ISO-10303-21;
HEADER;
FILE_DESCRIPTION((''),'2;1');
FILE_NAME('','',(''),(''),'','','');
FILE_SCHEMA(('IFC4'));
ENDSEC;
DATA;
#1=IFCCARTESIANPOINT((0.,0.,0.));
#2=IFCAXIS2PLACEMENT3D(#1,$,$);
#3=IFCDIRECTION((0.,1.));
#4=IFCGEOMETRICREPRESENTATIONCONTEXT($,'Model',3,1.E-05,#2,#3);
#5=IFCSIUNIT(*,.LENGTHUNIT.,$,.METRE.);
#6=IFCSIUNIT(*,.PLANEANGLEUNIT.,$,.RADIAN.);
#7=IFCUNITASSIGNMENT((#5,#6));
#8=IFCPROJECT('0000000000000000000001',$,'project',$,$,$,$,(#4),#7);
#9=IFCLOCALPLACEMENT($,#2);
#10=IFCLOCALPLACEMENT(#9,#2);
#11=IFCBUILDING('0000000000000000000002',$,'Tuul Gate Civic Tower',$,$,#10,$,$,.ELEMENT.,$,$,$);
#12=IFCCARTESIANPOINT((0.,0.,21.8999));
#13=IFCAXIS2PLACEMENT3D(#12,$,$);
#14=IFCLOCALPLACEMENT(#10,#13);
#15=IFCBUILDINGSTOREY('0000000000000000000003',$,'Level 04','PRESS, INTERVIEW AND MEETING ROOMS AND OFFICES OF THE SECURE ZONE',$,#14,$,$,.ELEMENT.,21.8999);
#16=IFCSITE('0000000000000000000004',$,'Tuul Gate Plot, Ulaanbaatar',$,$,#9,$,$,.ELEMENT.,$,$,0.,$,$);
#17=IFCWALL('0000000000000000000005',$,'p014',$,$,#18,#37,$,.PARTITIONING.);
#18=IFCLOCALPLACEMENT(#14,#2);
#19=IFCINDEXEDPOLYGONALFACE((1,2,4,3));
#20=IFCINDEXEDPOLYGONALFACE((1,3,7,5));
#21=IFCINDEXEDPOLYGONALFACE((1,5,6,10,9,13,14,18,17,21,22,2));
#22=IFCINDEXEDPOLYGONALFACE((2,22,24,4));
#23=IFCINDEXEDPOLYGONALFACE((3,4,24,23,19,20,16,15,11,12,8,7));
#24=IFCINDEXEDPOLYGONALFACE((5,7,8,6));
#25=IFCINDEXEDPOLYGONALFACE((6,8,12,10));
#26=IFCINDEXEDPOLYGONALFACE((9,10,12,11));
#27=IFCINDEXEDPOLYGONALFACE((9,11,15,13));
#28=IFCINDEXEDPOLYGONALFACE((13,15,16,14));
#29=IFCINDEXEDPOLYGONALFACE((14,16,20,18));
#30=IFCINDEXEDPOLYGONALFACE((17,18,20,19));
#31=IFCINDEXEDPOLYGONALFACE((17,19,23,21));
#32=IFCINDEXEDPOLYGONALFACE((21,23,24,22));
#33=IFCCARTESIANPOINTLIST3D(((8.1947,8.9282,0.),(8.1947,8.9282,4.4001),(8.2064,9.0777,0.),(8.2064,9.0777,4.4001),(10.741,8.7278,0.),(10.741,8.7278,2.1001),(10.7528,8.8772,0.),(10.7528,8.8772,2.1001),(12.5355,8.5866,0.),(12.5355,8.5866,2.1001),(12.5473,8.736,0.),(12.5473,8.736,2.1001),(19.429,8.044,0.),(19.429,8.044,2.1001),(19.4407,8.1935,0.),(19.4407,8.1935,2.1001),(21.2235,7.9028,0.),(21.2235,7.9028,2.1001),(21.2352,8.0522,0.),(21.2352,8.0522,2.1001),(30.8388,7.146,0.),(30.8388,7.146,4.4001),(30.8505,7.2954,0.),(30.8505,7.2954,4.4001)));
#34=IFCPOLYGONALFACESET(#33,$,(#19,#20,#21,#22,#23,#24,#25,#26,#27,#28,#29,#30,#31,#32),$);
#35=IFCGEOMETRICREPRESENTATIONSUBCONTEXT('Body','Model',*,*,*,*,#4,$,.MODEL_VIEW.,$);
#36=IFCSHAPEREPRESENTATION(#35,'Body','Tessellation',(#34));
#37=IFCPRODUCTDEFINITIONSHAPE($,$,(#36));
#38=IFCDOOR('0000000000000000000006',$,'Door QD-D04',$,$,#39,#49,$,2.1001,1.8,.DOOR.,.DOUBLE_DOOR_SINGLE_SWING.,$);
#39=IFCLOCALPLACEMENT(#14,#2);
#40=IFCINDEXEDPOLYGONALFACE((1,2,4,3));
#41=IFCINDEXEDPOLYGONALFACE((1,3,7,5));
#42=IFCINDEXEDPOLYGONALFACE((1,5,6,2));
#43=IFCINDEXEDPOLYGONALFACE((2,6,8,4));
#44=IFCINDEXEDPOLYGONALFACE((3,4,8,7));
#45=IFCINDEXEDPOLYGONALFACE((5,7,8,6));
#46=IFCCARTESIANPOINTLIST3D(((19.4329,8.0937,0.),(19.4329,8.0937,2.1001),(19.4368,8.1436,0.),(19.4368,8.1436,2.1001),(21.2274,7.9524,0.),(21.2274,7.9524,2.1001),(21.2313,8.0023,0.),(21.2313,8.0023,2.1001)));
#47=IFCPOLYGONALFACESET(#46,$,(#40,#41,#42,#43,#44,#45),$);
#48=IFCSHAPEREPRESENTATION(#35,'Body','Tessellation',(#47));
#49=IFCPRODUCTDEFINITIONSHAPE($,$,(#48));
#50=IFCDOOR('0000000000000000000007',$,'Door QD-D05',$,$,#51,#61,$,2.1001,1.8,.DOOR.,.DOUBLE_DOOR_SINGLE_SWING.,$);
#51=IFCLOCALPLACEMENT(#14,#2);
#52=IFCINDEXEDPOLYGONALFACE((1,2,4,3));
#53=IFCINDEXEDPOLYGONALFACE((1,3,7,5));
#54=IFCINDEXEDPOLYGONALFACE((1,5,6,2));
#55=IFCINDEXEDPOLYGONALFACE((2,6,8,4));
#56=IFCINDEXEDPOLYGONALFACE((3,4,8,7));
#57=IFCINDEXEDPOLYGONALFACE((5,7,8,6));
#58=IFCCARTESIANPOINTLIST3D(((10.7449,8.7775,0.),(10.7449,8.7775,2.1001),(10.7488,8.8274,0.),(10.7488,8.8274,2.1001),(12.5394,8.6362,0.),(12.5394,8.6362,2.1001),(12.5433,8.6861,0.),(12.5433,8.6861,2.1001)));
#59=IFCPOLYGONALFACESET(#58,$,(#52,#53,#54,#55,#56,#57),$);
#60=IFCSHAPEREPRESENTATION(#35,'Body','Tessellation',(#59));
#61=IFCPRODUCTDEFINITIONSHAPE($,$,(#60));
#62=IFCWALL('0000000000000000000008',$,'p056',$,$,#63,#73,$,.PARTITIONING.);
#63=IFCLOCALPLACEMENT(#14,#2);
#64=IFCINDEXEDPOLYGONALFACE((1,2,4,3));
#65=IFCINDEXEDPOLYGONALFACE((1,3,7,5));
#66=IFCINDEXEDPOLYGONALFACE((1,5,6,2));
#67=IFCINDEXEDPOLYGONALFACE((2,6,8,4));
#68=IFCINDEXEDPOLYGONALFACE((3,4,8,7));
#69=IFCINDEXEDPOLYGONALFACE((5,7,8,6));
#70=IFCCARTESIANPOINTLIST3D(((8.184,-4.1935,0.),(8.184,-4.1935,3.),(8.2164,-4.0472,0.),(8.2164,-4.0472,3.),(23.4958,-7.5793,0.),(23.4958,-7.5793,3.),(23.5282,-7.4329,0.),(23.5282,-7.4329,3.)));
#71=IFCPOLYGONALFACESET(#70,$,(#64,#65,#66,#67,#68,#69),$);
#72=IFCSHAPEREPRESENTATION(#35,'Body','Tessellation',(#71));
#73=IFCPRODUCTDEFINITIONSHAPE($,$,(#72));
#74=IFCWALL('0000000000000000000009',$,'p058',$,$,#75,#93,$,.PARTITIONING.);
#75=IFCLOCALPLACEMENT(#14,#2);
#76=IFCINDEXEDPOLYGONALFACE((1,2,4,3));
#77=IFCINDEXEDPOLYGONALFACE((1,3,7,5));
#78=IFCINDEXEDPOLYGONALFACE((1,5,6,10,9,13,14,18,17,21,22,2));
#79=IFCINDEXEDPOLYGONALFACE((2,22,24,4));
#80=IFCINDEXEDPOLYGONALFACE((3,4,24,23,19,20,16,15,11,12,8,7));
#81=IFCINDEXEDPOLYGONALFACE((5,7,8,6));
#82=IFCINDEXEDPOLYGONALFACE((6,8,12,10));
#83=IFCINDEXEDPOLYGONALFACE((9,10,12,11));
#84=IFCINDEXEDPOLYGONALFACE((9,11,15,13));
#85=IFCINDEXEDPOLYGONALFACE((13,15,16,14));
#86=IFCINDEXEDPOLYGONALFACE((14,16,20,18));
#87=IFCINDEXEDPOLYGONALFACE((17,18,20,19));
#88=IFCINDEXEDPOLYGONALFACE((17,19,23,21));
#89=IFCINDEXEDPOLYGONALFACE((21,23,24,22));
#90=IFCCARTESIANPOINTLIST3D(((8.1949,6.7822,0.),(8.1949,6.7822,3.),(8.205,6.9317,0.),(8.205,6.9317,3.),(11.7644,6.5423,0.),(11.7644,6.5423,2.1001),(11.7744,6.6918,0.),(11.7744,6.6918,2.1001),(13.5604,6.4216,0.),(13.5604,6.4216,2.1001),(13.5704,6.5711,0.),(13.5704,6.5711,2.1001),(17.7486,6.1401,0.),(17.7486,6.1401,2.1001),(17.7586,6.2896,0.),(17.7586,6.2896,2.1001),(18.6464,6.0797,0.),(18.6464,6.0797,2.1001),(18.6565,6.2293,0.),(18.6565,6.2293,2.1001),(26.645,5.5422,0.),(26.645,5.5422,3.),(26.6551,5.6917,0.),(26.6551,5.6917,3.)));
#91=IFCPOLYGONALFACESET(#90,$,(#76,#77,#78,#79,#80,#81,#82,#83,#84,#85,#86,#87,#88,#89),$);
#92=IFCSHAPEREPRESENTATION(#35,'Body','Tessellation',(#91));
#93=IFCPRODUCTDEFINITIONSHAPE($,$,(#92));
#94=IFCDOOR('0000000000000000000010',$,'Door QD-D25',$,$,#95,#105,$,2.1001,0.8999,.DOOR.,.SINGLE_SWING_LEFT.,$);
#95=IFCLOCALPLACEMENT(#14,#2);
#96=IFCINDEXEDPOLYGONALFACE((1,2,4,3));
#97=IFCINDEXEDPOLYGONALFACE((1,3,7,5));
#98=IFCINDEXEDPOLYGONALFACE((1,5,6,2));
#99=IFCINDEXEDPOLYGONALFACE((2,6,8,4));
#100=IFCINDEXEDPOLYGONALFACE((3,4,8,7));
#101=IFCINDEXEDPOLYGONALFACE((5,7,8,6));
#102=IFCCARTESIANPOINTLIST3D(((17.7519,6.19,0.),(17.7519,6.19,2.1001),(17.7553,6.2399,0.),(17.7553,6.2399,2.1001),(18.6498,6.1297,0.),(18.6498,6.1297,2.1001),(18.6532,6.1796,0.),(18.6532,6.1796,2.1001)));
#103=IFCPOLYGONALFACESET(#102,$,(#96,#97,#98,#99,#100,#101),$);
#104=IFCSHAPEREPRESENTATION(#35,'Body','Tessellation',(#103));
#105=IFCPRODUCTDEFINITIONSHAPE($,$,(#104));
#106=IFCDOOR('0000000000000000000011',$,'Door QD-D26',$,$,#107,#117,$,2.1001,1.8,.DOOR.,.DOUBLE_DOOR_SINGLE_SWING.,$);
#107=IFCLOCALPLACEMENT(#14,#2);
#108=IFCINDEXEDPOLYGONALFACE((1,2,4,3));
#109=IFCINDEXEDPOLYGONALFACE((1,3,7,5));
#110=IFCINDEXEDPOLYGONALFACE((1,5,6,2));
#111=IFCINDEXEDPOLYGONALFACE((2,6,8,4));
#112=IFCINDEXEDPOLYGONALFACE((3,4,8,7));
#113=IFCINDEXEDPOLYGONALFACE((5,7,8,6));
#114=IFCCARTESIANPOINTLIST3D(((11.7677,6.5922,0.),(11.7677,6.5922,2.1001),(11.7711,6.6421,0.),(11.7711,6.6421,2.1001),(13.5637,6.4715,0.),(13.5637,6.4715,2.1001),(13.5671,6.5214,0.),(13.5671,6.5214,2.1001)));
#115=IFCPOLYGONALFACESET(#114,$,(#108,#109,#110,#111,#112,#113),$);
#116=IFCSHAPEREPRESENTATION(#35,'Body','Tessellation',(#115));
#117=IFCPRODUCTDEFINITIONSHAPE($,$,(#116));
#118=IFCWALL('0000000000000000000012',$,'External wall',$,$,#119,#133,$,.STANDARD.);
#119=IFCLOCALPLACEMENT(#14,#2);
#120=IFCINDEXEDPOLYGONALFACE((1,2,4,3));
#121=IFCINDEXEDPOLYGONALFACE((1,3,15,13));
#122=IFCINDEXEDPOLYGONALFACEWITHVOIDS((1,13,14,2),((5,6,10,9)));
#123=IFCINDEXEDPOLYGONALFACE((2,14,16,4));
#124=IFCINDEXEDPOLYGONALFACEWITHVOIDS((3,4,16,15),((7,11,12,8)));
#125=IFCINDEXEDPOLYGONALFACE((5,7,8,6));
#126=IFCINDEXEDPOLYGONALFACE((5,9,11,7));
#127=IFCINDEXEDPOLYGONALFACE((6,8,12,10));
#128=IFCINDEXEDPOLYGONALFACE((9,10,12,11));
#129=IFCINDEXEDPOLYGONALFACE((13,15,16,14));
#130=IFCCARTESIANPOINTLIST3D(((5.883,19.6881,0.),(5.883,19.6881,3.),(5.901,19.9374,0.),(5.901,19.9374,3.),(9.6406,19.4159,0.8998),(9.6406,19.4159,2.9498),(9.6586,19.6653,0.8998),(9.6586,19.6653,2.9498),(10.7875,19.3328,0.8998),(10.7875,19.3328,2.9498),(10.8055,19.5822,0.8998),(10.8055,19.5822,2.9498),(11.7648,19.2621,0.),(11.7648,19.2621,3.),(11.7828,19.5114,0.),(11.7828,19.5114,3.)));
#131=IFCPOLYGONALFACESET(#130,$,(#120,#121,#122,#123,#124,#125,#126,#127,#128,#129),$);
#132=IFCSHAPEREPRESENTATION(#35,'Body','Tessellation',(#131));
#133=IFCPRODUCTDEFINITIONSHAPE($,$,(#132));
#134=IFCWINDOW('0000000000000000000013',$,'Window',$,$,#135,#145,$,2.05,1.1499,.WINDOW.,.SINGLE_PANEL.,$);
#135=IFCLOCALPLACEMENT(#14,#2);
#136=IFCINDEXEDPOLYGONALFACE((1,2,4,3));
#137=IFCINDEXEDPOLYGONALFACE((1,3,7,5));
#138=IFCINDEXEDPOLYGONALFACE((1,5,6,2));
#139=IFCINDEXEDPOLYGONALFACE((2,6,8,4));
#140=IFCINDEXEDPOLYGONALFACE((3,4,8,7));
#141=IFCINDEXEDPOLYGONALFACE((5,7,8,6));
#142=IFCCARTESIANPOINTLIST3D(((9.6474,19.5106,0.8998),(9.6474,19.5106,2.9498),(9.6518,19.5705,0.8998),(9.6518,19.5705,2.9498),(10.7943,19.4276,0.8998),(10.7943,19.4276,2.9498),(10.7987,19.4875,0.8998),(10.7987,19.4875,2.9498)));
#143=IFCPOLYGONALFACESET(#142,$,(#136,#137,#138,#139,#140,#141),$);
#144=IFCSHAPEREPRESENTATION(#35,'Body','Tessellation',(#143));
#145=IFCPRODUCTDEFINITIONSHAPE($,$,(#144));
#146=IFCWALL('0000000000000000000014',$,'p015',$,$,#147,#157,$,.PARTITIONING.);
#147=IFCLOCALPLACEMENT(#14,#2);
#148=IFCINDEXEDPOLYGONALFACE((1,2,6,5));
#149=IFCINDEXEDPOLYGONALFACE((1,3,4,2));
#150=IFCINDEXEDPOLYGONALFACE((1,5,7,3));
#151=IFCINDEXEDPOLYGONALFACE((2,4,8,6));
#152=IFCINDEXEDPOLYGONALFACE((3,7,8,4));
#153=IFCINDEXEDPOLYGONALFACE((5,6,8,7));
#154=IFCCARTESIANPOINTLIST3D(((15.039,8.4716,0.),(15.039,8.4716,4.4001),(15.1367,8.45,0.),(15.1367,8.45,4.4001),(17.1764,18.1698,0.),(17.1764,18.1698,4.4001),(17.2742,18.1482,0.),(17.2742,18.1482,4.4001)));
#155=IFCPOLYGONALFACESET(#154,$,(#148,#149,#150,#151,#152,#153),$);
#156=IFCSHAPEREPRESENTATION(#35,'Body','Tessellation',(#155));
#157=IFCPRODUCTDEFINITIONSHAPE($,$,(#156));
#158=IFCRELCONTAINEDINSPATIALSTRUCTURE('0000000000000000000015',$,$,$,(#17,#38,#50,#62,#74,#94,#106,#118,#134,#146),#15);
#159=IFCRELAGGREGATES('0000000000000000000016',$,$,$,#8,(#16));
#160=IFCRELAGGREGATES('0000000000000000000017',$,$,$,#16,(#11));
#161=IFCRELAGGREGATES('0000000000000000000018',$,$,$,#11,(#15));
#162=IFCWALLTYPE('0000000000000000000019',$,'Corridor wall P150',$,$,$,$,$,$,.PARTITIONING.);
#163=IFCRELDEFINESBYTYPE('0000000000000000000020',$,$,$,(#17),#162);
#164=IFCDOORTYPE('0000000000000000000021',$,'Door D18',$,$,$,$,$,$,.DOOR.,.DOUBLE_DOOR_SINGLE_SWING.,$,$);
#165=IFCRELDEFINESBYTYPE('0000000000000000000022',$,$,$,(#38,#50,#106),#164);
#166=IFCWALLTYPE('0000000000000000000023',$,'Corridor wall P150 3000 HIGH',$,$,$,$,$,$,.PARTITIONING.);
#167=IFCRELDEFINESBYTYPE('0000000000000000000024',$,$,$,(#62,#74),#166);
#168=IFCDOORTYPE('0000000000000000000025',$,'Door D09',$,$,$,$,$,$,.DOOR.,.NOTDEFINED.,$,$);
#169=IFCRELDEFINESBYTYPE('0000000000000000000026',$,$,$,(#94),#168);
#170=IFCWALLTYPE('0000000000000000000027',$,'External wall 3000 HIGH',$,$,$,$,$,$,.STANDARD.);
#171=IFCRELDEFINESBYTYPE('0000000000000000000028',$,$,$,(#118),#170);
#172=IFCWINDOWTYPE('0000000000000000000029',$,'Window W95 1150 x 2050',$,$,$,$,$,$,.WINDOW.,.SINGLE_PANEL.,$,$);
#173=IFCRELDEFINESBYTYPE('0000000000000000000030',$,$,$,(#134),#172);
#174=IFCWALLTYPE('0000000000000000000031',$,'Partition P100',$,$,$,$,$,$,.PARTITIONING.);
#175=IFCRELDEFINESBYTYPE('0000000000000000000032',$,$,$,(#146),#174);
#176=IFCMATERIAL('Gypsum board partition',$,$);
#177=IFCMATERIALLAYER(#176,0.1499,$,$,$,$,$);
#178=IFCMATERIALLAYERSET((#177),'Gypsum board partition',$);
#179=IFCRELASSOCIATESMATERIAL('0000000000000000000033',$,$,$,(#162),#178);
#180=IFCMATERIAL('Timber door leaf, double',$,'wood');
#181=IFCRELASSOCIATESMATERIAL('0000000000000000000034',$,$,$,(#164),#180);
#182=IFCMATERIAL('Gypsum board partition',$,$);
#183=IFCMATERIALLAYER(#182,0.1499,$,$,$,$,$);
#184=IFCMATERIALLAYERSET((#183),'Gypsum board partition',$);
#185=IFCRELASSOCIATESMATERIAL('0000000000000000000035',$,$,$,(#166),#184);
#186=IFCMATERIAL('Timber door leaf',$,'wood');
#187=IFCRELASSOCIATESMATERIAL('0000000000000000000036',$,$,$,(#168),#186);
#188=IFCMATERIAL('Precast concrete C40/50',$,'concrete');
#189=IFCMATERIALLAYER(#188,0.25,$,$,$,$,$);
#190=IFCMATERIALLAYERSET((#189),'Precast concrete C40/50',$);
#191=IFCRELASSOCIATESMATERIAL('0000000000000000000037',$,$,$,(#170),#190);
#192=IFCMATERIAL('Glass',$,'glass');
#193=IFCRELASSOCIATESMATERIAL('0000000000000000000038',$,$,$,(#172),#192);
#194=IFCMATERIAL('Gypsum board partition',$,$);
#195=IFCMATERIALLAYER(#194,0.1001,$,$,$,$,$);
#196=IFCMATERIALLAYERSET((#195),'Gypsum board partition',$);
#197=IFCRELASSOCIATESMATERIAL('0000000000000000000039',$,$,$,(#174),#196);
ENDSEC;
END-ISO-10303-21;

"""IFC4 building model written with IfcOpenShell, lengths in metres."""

from ifc_helpers import new_model, si_unit, direction, frame, frame_2d, origin, place, context, subcontext, project, spatial, rectangle, extrude, material, layer, layer_set, type_object, element, fill, save


model = new_model("IFC4")

# Units and contexts
model_context = context("Model", 3, precision=1e-05, world=origin(), true_north=direction((0.0, 1.0)))
body_context = subcontext(model_context, "Body", "Model", "MODEL_VIEW")
ifc_project = project(units=[si_unit("LENGTHUNIT", "METRE"), si_unit("PLANEANGLEUNIT", "RADIAN")], contexts=[model_context])

# Site, building, storey
site_placement = place(None, origin())
site = spatial("IfcSite", under=ifc_project, at=site_placement, Name="Tuul Gate Plot, Ulaanbaatar", CompositionType="ELEMENT", RefElevation=0.0)
building_placement = place(site_placement, origin())
building = spatial("IfcBuilding", under=site, at=building_placement, Name="Tuul Gate Civic Tower", CompositionType="ELEMENT")
storey_placement = place(building_placement, frame((0.0, 0.0, 21.8999)))
storey = spatial("IfcBuildingStorey", under=building, at=storey_placement, Name="Level 04", Description="PRESS, INTERVIEW AND MEETING ROOMS AND OFFICES OF THE SECURE ZONE", CompositionType="ELEMENT", Elevation=21.8999)

# Wall, openings, doors
ifc_material_1 = material(Name="Gypsum board partition")
ifc_layer_1 = layer(ifc_material_1, 0.1499)
ifc_layer_set_1 = layer_set([ifc_layer_1], Name="Gypsum board partition")
wall_type_1 = type_object("IfcWallType", Name="Corridor wall P150", PredefinedType="PARTITIONING", material=ifc_layer_set_1)
wall_1_placement = place(storey_placement, frame((8.2007, 9.0029, 0.0), z_axis=(0.0, 0.0, 1.0), x_axis=(0.996917, -0.078464, 0.0)))
wall_1 = element("IfcWall", 1, at=wall_1_placement, inside=storey, type_object=wall_type_1, Name="p014", PredefinedType="PARTITIONING", context=body_context, shape_type="SweptSolid", body=[
    extrude(rectangle(XDim=22.7141, YDim=0.1499, at=frame_2d((11.3569, 0.0))), origin(), (0.0, 0.0, 1.0), 4.4001),
])
opening_1_placement = place(wall_1_placement, frame((11.269, 0.0, 0.0)))
opening_1 = element("IfcOpeningElement", 2, at=opening_1_placement, cuts=wall_1, PredefinedType="OPENING", context=body_context, shape_type="SweptSolid", body=[
    extrude(rectangle(XDim=1.8, YDim=2.1001, at=frame_2d((0.8999, 1.05))), frame((0.0, 0.085, 0.0), z_axis=(0.0, -1.0, 0.0), x_axis=(1.0, 0.0, 0.0)), (0.0, 0.0, 1.0), 0.1699),
])
opening_2_placement = place(wall_1_placement, frame((2.5542, 0.0, 0.0)))
opening_2 = element("IfcOpeningElement", 3, at=opening_2_placement, cuts=wall_1, PredefinedType="OPENING", context=body_context, shape_type="SweptSolid", body=[
    extrude(rectangle(XDim=1.8, YDim=2.1001, at=frame_2d((0.8999, 1.05))), frame((0.0, 0.085, 0.0), z_axis=(0.0, -1.0, 0.0), x_axis=(1.0, 0.0, 0.0)), (0.0, 0.0, 1.0), 0.1699),
])
ifc_material_2 = material(Name="Timber door leaf, double", Category="wood")
door_type_1 = type_object("IfcDoorType", Name="Door D18", OperationType="DOUBLE_DOOR_SINGLE_SWING", PredefinedType="DOOR", material=ifc_material_2)
door_1_placement = place(opening_1_placement, origin())
door_1 = element("IfcDoor", 4, at=door_1_placement, inside=storey, type_object=door_type_1, Name="Door QD-D04", OperationType="DOUBLE_DOOR_SINGLE_SWING", OverallHeight=2.1001, OverallWidth=1.8, PredefinedType="DOOR", context=body_context, shape_type="SweptSolid", body=[
    extrude(rectangle(XDim=1.8, YDim=2.1001, at=frame_2d((0.8999, 1.05))), frame((0.0, 0.0249, 0.0), z_axis=(0.0, -1.0, 0.0), x_axis=(1.0, 0.0, 0.0)), (0.0, 0.0, 1.0), 0.05),
])
fill(opening_1, door_1)
door_2_placement = place(opening_2_placement, origin())
door_2 = element("IfcDoor", 5, at=door_2_placement, inside=storey, type_object=door_type_1, Name="Door QD-D05", OperationType="DOUBLE_DOOR_SINGLE_SWING", OverallHeight=2.1001, OverallWidth=1.8, PredefinedType="DOOR", context=body_context, shape_type="SweptSolid", body=[
    extrude(rectangle(XDim=1.8, YDim=2.1001, at=frame_2d((0.8999, 1.05))), frame((0.0, 0.0249, 0.0), z_axis=(0.0, -1.0, 0.0), x_axis=(1.0, 0.0, 0.0)), (0.0, 0.0, 1.0), 0.05),
])
fill(opening_2, door_2)

# Wall
ifc_material_3 = material(Name="Gypsum board partition")
ifc_layer_2 = layer(ifc_material_3, 0.1499)
ifc_layer_set_2 = layer_set([ifc_layer_2], Name="Gypsum board partition")
wall_type_2 = type_object("IfcWallType", Name="Corridor wall P150 3000 HIGH", PredefinedType="PARTITIONING", material=ifc_layer_set_2)
wall_2_placement = place(storey_placement, frame((8.2002, -4.1204, 0.0), z_axis=(0.0, 0.0, 1.0), x_axis=(0.976414, -0.215905, 0.0)))
element("IfcWall", 6, at=wall_2_placement, inside=storey, type_object=wall_type_2, Name="p056", PredefinedType="PARTITIONING", context=body_context, shape_type="SweptSolid", body=[
    extrude(rectangle(XDim=15.6816, YDim=0.1499, at=frame_2d((7.8408, 0.0))), origin(), (0.0, 0.0, 1.0), 3.0),
])

# Wall, openings, doors
wall_3_placement = place(storey_placement, frame((8.2, 6.8569, 0.0), z_axis=(0.0, 0.0, 1.0), x_axis=(0.997749, -0.067056, 0.0)))
wall_3 = element("IfcWall", 7, at=wall_3_placement, inside=storey, type_object=wall_type_2, Name="p058", PredefinedType="PARTITIONING", context=body_context, shape_type="SweptSolid", body=[
    extrude(rectangle(XDim=18.4917, YDim=0.1499, at=frame_2d((9.2458, 0.0))), origin(), (0.0, 0.0, 1.0), 3.0),
])
opening_3_placement = place(wall_3_placement, frame((9.5752, 0.0, 0.0)))
opening_3 = element("IfcOpeningElement", 8, at=opening_3_placement, cuts=wall_3, PredefinedType="OPENING", context=body_context, shape_type="SweptSolid", body=[
    extrude(rectangle(XDim=0.8999, YDim=2.1001, at=frame_2d((0.45, 1.05))), frame((0.0, 0.085, 0.0), z_axis=(0.0, -1.0, 0.0), x_axis=(1.0, 0.0, 0.0)), (0.0, 0.0, 1.0), 0.1699),
])
opening_4_placement = place(wall_3_placement, frame((3.5776, 0.0, 0.0)))
opening_4 = element("IfcOpeningElement", 9, at=opening_4_placement, cuts=wall_3, PredefinedType="OPENING", context=body_context, shape_type="SweptSolid", body=[
    extrude(rectangle(XDim=1.8, YDim=2.1001, at=frame_2d((0.8999, 1.05))), frame((0.0, 0.085, 0.0), z_axis=(0.0, -1.0, 0.0), x_axis=(1.0, 0.0, 0.0)), (0.0, 0.0, 1.0), 0.1699),
])
ifc_material_4 = material(Name="Timber door leaf", Category="wood")
door_type_2 = type_object("IfcDoorType", Name="Door D09", OperationType="NOTDEFINED", PredefinedType="DOOR", material=ifc_material_4)
door_3_placement = place(opening_3_placement, frame((0.8999, 0.0, 0.0), z_axis=(0.0, 0.0, 1.0), x_axis=(-1.0, 0.0, 0.0)))
door_3 = element("IfcDoor", 10, at=door_3_placement, inside=storey, type_object=door_type_2, Name="Door QD-D25", OperationType="SINGLE_SWING_LEFT", OverallHeight=2.1001, OverallWidth=0.8999, PredefinedType="DOOR", context=body_context, shape_type="SweptSolid", body=[
    extrude(rectangle(XDim=0.8999, YDim=2.1001, at=frame_2d((0.45, 1.05))), frame((0.0, 0.0249, 0.0), z_axis=(0.0, -1.0, 0.0), x_axis=(1.0, 0.0, 0.0)), (0.0, 0.0, 1.0), 0.05),
])
fill(opening_3, door_3)
door_4_placement = place(opening_4_placement, frame((1.8, 0.0, 0.0), z_axis=(0.0, 0.0, 1.0), x_axis=(-1.0, 0.0, 0.0)))
door_4 = element("IfcDoor", 11, at=door_4_placement, inside=storey, type_object=door_type_1, Name="Door QD-D26", OperationType="DOUBLE_DOOR_SINGLE_SWING", OverallHeight=2.1001, OverallWidth=1.8, PredefinedType="DOOR", context=body_context, shape_type="SweptSolid", body=[
    extrude(rectangle(XDim=1.8, YDim=2.1001, at=frame_2d((0.9001, 1.05))), frame((0.0, 0.0249, 0.0), z_axis=(0.0, -1.0, 0.0), x_axis=(1.0, 0.0, 0.0)), (0.0, 0.0, 1.0), 0.05),
])
fill(opening_4, door_4)

# Wall, opening, window
ifc_material_5 = material(Name="Precast concrete C40/50", Category="concrete")
ifc_layer_3 = layer(ifc_material_5, 0.25)
ifc_layer_set_3 = layer_set([ifc_layer_3], Name="Precast concrete C40/50")
wall_type_3 = type_object("IfcWallType", Name="External wall 3000 HIGH", PredefinedType="STANDARD", material=ifc_layer_set_3)
wall_4_placement = place(storey_placement, frame((11.7739, 19.3867, 0.0), z_axis=(0.0, 0.0, 1.0), x_axis=(-0.997387, 0.072241, 0.0)))
wall_4 = element("IfcWall", 12, at=wall_4_placement, inside=storey, type_object=wall_type_3, Name="External wall", PredefinedType="STANDARD", context=body_context, shape_type="SweptSolid", body=[
    extrude(rectangle(XDim=5.8972, YDim=0.25, at=frame_2d((2.9487, 0.0))), origin(), (0.0, 0.0, 1.0), 3.0),
])
opening_5_placement = place(wall_4_placement, frame((0.98, 0.0, 0.8999)))
opening_5 = element("IfcOpeningElement", 13, at=opening_5_placement, cuts=wall_4, PredefinedType="OPENING", context=body_context, shape_type="SweptSolid", body=[
    extrude(rectangle(XDim=1.1499, YDim=2.05, at=frame_2d((0.575, 1.0249))), frame((0.0, 0.135, 0.0), z_axis=(0.0, -1.0, 0.0), x_axis=(1.0, 0.0, 0.0)), (0.0, 0.0, 1.0), 0.27),
])
ifc_material_6 = material(Name="Glass", Category="glass")
window_type = type_object("IfcWindowType", Name="Window W95 1150 x 2050", PartitioningType="SINGLE_PANEL", PredefinedType="WINDOW", material=ifc_material_6)
window_placement = place(opening_5_placement, origin())
window = element("IfcWindow", 14, at=window_placement, inside=storey, type_object=window_type, Name="Window", OverallHeight=2.05, OverallWidth=1.1499, PartitioningType="SINGLE_PANEL", PredefinedType="WINDOW", context=body_context, shape_type="SweptSolid", body=[
    extrude(rectangle(XDim=1.1499, YDim=2.05, at=frame_2d((0.575, 1.0249))), frame((0.0, 0.03, 0.0), z_axis=(0.0, -1.0, 0.0), x_axis=(1.0, 0.0, 0.0)), (0.0, 0.0, 1.0), 0.0601),
])
fill(opening_5, window)

# Wall
ifc_material_7 = material(Name="Gypsum board partition")
ifc_layer_4 = layer(ifc_material_7, 0.1001)
ifc_layer_set_4 = layer_set([ifc_layer_4], Name="Gypsum board partition")
wall_type_4 = type_object("IfcWallType", Name="Partition P100", PredefinedType="PARTITIONING", material=ifc_layer_set_4)
wall_5_placement = place(storey_placement, frame((15.0879, 8.4609, 0.0), z_axis=(0.0, 0.0, 1.0), x_axis=(0.21523, 0.976563, 0.0)))
element("IfcWall", 15, at=wall_5_placement, inside=storey, type_object=wall_type_4, Name="p015", PredefinedType="PARTITIONING", context=body_context, shape_type="SweptSolid", body=[
    extrude(rectangle(XDim=9.9309, YDim=0.1001, at=frame_2d((4.9653, 0.0))), origin(), (0.0, 0.0, 1.0), 4.4001),
])

save(model, "model.ifc")
